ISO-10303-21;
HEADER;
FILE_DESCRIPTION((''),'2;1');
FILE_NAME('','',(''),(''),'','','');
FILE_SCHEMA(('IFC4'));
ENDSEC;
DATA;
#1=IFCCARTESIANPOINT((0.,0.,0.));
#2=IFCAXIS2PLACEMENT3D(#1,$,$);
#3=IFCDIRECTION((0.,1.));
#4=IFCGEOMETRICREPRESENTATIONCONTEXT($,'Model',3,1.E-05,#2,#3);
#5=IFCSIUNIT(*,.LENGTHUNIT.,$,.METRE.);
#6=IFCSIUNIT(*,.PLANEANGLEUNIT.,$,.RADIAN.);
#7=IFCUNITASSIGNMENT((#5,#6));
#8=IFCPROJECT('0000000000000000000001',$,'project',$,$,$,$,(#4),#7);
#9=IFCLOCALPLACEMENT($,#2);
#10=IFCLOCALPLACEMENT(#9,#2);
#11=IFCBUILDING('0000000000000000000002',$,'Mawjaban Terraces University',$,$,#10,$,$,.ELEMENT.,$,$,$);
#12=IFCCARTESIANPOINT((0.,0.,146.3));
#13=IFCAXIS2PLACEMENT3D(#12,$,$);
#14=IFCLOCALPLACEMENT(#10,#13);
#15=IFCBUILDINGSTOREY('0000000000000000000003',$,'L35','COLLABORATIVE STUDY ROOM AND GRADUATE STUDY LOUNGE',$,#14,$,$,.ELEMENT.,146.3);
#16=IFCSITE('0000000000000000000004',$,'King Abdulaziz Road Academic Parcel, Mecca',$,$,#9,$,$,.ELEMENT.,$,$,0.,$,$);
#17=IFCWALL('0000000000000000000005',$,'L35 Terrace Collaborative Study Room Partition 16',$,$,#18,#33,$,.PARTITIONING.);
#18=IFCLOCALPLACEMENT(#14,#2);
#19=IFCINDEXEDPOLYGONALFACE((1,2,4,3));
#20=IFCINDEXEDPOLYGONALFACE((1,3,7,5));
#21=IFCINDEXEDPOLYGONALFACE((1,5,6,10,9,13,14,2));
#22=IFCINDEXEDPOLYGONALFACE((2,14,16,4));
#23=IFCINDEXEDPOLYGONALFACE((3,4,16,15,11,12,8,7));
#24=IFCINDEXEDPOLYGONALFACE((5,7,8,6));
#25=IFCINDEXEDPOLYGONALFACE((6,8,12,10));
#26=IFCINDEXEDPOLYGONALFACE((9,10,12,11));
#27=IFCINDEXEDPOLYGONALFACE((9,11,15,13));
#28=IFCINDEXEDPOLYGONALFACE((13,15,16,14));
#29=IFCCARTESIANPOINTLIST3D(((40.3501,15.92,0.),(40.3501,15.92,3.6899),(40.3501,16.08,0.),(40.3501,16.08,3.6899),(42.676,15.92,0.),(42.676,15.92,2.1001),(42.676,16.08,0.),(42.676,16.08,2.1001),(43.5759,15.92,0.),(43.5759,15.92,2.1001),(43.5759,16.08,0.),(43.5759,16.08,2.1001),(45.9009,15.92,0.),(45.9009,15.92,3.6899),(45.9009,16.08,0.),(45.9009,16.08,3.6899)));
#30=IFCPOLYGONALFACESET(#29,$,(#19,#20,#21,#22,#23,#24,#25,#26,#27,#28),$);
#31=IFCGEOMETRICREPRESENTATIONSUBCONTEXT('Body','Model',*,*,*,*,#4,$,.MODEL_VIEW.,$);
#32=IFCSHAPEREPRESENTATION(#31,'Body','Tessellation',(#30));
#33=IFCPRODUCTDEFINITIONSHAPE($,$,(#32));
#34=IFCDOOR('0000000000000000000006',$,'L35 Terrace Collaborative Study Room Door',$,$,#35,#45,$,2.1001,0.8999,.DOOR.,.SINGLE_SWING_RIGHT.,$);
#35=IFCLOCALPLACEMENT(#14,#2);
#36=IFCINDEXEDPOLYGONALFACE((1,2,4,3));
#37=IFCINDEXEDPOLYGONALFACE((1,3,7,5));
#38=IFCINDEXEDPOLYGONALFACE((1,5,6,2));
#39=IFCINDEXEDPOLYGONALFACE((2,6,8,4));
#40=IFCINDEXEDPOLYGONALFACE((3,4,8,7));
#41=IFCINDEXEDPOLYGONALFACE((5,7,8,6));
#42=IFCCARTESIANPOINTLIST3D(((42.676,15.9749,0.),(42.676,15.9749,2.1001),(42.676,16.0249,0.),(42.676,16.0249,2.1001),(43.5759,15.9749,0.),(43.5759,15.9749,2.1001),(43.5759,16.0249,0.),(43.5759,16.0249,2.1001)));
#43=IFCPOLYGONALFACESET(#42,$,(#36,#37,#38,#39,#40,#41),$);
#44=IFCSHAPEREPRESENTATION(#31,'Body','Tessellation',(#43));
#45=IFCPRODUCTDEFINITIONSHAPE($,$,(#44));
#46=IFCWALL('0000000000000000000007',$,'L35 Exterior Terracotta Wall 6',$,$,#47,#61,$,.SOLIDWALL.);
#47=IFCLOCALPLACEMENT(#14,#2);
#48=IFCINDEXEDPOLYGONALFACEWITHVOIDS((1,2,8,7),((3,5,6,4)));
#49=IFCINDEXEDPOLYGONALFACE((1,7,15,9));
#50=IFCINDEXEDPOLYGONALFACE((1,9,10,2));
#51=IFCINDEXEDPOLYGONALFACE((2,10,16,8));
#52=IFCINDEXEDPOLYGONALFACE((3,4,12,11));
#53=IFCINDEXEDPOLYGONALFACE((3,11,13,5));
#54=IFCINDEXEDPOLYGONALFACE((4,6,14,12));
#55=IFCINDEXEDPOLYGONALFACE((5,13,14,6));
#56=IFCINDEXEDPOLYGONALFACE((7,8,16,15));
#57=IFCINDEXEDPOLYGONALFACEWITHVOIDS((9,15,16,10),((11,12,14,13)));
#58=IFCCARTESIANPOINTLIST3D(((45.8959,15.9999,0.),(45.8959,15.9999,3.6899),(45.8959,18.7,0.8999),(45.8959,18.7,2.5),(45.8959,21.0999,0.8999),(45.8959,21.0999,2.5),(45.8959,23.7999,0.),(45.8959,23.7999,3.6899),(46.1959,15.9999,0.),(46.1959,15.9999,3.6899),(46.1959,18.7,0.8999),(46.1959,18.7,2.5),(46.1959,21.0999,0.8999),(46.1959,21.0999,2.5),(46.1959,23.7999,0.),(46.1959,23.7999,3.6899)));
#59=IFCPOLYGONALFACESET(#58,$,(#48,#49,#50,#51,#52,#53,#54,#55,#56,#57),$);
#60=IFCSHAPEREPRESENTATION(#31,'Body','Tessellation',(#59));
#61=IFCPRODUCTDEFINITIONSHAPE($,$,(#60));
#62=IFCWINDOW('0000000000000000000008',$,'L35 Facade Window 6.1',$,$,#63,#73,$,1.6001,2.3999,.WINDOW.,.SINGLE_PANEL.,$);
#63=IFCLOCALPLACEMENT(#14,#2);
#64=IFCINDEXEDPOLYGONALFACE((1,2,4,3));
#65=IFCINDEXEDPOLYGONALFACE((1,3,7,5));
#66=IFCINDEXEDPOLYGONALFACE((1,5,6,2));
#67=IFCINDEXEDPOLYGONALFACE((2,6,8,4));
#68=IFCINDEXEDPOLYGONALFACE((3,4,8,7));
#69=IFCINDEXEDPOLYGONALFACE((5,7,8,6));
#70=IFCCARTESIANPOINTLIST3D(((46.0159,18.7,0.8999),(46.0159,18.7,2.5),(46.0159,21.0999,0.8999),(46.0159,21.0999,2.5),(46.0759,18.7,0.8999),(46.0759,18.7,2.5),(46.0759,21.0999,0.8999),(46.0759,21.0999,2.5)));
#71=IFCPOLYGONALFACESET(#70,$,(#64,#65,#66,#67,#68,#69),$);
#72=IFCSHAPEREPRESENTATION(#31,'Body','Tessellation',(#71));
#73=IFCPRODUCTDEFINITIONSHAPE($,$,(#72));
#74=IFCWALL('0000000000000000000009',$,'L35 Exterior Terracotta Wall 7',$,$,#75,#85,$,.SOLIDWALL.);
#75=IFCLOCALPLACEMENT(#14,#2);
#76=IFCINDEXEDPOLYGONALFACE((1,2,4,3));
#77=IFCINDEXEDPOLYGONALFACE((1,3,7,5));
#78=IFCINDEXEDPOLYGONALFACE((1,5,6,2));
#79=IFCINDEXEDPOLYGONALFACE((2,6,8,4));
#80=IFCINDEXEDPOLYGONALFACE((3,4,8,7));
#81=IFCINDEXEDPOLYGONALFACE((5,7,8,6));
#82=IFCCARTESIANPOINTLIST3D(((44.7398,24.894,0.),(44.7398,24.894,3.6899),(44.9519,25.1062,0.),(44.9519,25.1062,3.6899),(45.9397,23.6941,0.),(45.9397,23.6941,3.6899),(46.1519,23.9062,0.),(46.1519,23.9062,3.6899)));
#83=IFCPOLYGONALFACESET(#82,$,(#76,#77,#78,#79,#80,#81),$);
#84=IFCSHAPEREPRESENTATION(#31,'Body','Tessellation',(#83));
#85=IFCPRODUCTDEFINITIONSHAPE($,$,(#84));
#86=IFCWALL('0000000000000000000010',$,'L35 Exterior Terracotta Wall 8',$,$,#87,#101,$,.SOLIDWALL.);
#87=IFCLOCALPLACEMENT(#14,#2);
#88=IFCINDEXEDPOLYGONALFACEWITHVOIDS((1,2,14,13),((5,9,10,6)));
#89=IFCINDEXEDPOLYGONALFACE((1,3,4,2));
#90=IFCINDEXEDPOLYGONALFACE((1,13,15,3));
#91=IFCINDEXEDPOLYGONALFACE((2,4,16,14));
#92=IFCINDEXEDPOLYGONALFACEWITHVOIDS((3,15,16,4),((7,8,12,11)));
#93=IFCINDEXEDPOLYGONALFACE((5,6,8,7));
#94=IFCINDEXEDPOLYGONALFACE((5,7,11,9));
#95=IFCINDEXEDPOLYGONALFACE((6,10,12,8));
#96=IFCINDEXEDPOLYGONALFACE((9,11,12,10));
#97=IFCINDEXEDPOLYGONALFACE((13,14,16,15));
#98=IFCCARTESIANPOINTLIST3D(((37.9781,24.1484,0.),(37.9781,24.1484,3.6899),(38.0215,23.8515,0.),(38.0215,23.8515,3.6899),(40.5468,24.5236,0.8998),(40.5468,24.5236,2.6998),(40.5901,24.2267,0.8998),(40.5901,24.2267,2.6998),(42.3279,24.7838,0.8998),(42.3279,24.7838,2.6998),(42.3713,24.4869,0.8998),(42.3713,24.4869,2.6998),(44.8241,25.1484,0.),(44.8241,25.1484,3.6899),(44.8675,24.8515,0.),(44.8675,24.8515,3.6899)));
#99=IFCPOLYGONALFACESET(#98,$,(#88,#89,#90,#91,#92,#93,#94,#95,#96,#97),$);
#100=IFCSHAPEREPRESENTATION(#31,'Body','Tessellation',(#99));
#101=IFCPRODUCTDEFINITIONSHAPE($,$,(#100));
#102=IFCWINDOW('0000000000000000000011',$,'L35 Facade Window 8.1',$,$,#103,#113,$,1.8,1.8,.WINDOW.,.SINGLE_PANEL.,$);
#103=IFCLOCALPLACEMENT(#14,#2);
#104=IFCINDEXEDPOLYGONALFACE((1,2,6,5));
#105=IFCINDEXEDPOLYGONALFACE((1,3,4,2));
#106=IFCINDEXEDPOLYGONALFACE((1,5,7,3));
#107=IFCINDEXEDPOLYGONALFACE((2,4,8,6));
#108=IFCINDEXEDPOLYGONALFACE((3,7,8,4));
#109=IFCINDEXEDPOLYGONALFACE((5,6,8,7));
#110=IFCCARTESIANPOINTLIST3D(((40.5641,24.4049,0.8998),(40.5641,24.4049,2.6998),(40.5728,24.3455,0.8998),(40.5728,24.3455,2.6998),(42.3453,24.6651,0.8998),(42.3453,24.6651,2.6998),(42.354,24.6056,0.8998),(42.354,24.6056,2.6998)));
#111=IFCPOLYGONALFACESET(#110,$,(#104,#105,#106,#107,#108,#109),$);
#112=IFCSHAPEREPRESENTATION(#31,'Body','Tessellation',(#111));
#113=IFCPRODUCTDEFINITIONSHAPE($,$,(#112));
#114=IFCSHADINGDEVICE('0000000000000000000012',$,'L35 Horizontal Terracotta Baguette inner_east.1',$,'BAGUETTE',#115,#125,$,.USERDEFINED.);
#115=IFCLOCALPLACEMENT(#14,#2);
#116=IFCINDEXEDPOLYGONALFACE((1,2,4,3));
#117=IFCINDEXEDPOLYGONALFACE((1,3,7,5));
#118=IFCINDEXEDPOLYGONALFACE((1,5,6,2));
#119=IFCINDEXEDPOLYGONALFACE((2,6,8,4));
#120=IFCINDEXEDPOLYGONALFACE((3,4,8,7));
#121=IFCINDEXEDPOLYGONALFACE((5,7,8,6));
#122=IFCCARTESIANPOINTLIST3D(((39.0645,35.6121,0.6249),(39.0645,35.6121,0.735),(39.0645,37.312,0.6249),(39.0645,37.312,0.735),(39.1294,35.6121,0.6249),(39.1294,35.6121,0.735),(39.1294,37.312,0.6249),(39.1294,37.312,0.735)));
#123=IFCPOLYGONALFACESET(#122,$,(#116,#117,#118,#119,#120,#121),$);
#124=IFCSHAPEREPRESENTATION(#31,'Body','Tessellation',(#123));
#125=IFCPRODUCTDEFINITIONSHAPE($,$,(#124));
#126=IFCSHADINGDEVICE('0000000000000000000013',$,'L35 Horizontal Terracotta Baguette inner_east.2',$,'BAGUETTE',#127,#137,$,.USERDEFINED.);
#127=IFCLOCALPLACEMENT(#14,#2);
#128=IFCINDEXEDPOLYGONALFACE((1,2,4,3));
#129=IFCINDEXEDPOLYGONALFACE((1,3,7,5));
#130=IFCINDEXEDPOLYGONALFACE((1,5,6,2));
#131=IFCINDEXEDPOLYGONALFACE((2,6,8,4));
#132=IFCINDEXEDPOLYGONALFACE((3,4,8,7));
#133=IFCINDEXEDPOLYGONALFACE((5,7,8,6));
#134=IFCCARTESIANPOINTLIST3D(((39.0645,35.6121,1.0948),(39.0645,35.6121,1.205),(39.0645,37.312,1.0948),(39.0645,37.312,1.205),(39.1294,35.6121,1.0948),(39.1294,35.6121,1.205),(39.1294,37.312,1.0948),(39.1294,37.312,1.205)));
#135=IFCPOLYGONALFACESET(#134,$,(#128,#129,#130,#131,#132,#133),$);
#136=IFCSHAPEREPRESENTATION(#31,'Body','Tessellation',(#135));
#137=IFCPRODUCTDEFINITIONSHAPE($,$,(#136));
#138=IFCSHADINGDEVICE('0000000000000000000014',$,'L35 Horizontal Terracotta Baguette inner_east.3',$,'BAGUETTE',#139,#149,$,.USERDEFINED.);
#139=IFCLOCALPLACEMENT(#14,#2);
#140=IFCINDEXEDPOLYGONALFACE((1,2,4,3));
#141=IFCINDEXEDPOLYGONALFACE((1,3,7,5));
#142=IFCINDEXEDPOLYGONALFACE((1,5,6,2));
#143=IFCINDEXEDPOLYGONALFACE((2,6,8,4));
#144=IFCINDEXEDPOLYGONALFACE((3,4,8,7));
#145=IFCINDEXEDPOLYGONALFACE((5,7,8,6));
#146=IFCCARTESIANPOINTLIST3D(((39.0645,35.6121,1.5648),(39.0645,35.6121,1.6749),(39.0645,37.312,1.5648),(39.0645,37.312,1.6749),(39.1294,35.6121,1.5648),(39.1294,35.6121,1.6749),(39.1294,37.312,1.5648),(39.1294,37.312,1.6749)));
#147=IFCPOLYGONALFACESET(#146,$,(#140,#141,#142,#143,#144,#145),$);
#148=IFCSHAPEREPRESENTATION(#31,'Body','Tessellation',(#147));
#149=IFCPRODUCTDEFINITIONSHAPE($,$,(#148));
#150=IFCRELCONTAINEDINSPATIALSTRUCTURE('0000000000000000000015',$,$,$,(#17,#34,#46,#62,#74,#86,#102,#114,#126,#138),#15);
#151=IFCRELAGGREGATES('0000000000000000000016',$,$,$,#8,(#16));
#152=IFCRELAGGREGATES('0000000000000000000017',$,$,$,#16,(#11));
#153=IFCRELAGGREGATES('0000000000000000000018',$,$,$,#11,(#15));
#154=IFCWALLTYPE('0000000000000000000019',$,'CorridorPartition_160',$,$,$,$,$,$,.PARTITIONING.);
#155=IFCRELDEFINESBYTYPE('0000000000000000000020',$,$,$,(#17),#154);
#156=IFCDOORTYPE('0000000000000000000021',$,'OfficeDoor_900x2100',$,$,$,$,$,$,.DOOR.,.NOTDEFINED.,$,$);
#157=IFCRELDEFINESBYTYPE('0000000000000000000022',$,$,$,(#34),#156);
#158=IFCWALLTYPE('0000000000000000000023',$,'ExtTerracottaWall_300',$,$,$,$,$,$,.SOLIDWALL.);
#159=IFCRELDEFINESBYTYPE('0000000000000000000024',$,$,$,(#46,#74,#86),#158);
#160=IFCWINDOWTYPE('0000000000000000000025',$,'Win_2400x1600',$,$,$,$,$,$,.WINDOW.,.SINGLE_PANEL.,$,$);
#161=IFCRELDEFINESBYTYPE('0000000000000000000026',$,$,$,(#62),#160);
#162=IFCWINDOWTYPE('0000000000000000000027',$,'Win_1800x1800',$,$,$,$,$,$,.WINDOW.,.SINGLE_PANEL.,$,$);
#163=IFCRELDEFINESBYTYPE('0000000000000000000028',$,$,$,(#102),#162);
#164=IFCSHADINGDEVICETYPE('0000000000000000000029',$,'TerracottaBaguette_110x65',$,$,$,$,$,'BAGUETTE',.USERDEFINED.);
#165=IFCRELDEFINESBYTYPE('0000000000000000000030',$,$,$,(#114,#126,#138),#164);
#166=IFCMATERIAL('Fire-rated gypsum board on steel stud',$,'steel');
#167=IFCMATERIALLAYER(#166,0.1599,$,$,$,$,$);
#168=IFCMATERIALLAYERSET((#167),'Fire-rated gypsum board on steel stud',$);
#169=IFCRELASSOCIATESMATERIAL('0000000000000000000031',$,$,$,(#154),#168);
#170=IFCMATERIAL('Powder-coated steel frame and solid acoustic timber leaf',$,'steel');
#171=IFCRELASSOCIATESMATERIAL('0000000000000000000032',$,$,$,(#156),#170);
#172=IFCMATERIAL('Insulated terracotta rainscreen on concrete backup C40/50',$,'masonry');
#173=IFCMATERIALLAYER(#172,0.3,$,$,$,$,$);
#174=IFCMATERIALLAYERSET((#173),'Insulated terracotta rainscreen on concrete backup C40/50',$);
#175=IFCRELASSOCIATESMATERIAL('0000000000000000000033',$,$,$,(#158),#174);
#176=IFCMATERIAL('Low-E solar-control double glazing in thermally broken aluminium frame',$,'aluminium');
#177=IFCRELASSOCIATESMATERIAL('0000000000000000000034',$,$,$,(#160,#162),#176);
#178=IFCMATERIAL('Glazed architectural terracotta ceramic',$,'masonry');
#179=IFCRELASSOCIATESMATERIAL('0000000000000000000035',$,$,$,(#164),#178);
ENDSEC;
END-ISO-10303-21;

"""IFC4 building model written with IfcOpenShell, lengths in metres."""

from ifc_helpers import new_model, si_unit, direction, frame, frame_2d, origin, origin_2d, place, context, subcontext, project, spatial, rectangle, extrude, material, layer, layer_set, material_profile, profile_set, type_object, element, fill, save


model = new_model("IFC4")

# Units and contexts
model_context = context("Model", 3, precision=1e-05, world=origin(), true_north=direction((0.0, 1.0)))
body_context = subcontext(model_context, "Body", "Model", "MODEL_VIEW")
ifc_project = project(units=[si_unit("LENGTHUNIT", "METRE"), si_unit("PLANEANGLEUNIT", "RADIAN")], contexts=[model_context])

# Site, building, storey
site_placement = place(None, origin())
site = spatial("IfcSite", under=ifc_project, at=site_placement, Name="King Abdulaziz Road Academic Parcel, Mecca", CompositionType="ELEMENT", RefElevation=0.0)
building_placement = place(site_placement, origin())
building = spatial("IfcBuilding", under=site, at=building_placement, Name="Mawjaban Terraces University", CompositionType="ELEMENT")
storey_placement = place(building_placement, frame((0.0, 0.0, 146.3)))
storey = spatial("IfcBuildingStorey", under=building, at=storey_placement, Name="L35", Description="COLLABORATIVE STUDY ROOM AND GRADUATE STUDY LOUNGE", CompositionType="ELEMENT", Elevation=146.3)

# Shared definitions
ifc_material_1 = material(Name="Fire-rated gypsum board on steel stud", Category="steel")
ifc_layer_1 = layer(ifc_material_1, 0.1599)
ifc_layer_set_1 = layer_set([ifc_layer_1], Name="Fire-rated gypsum board on steel stud")
wall_type_1 = type_object("IfcWallType", Name="CorridorPartition_160", PredefinedType="PARTITIONING", material=ifc_layer_set_1)

# Wall, opening, door
wall_1_placement = place(storey_placement, frame((40.3501, 16.0, 0.0), z_axis=(0.0, 0.0, 1.0), x_axis=(1.0, 0.0, 0.0)))
wall_1 = element("IfcWall", 1, at=wall_1_placement, inside=storey, type_object=wall_type_1, Name="L35 Terrace Collaborative Study Room Partition 16", PredefinedType="PARTITIONING", context=body_context, shape_type="SweptSolid", body=[
    extrude(rectangle(XDim=5.5508, YDim=0.1599, at=frame_2d((2.7754, 0.0))), origin(), (0.0, 0.0, 1.0), 3.6899),
])
opening_1_placement = place(wall_1_placement, frame((2.3259, 0.0, 0.0)))
opening_1 = element("IfcOpeningElement", 2, at=opening_1_placement, cuts=wall_1, PredefinedType="OPENING", context=body_context, shape_type="SweptSolid", body=[
    extrude(rectangle(XDim=0.8999, YDim=2.1001, at=frame_2d((0.45, 1.05))), frame((0.0, 0.0898, 0.0), z_axis=(0.0, -1.0, 0.0), x_axis=(1.0, 0.0, 0.0)), (0.0, 0.0, 1.0), 0.1799),
])
ifc_material_2 = material(Name="Powder-coated steel frame and solid acoustic timber leaf", Category="steel")
door_type = type_object("IfcDoorType", Name="OfficeDoor_900x2100", OperationType="NOTDEFINED", PredefinedType="DOOR", material=ifc_material_2)
door_placement = place(opening_1_placement, origin())
door = element("IfcDoor", 3, at=door_placement, inside=storey, type_object=door_type, Name="L35 Terrace Collaborative Study Room Door", OperationType="SINGLE_SWING_RIGHT", OverallHeight=2.1001, OverallWidth=0.8999, PredefinedType="DOOR", context=body_context, shape_type="SweptSolid", body=[
    extrude(rectangle(XDim=0.8999, YDim=2.1001, at=frame_2d((0.45, 1.05))), frame((0.0, 0.0249, 0.0), z_axis=(0.0, -1.0, 0.0), x_axis=(1.0, 0.0, 0.0)), (0.0, 0.0, 1.0), 0.05),
])
fill(opening_1, door)

# Wall, opening, window
ifc_material_3 = material(Name="Insulated terracotta rainscreen on concrete backup C40/50", Category="masonry")
ifc_layer_2 = layer(ifc_material_3, 0.3)
ifc_layer_set_2 = layer_set([ifc_layer_2], Name="Insulated terracotta rainscreen on concrete backup C40/50")
wall_type_2 = type_object("IfcWallType", Name="ExtTerracottaWall_300", PredefinedType="SOLIDWALL", material=ifc_layer_set_2)
wall_2_placement = place(storey_placement, frame((46.0459, 16.0, 0.0), z_axis=(0.0, 0.0, 1.0), x_axis=(0.0, 1.0, 0.0)))
wall_2 = element("IfcWall", 4, at=wall_2_placement, inside=storey, type_object=wall_type_2, Name="L35 Exterior Terracotta Wall 6", PredefinedType="SOLIDWALL", context=body_context, shape_type="SweptSolid", body=[
    extrude(rectangle(XDim=7.8, YDim=0.3, at=frame_2d((3.8999, 0.0))), origin(), (0.0, 0.0, 1.0), 3.6899),
])
opening_2_placement = place(wall_2_placement, frame((2.7, 0.0, 0.8999)))
opening_2 = element("IfcOpeningElement", 5, at=opening_2_placement, cuts=wall_2, PredefinedType="OPENING", context=body_context, shape_type="SweptSolid", body=[
    extrude(rectangle(XDim=2.3999, YDim=1.6001, at=frame_2d((1.2, 0.8))), frame((0.0, 0.1599, 0.0), z_axis=(0.0, -1.0, 0.0), x_axis=(1.0, 0.0, 0.0)), (0.0, 0.0, 1.0), 0.3201),
])
ifc_material_4 = material(Name="Low-E solar-control double glazing in thermally broken aluminium frame", Category="aluminium")
window_type_1 = type_object("IfcWindowType", Name="Win_2400x1600", PartitioningType="SINGLE_PANEL", PredefinedType="WINDOW", material=ifc_material_4)
window_1_placement = place(opening_2_placement, origin())
window_1 = element("IfcWindow", 6, at=window_1_placement, inside=storey, type_object=window_type_1, Name="L35 Facade Window 6.1", OverallHeight=1.6001, OverallWidth=2.3999, PartitioningType="SINGLE_PANEL", PredefinedType="WINDOW", context=body_context, shape_type="SweptSolid", body=[
    extrude(rectangle(XDim=2.3999, YDim=1.6001, at=frame_2d((1.2, 0.8))), frame((0.0, 0.03, 0.0), z_axis=(0.0, -1.0, 0.0), x_axis=(1.0, 0.0, 0.0)), (0.0, 0.0, 1.0), 0.0601),
])
fill(opening_2, window_1)

# Wall
wall_3_placement = place(storey_placement, frame((46.0459, 23.8, 0.0), z_axis=(0.0, 0.0, 1.0), x_axis=(-0.707107, 0.707107, 0.0)))
element("IfcWall", 7, at=wall_3_placement, inside=storey, type_object=wall_type_2, Name="L35 Exterior Terracotta Wall 7", PredefinedType="SOLIDWALL", context=body_context, shape_type="SweptSolid", body=[
    extrude(rectangle(XDim=1.697, YDim=0.3, at=frame_2d((0.8486, 0.0))), origin(), (0.0, 0.0, 1.0), 3.6899),
])

# Wall, opening, window
wall_4_placement = place(storey_placement, frame((44.8459, 25.0, 0.0), z_axis=(0.0, 0.0, 1.0), x_axis=(-0.989499, -0.144538, 0.0)))
wall_4 = element("IfcWall", 8, at=wall_4_placement, inside=storey, type_object=wall_type_2, Name="L35 Exterior Terracotta Wall 8", PredefinedType="SOLIDWALL", context=body_context, shape_type="SweptSolid", body=[
    extrude(rectangle(XDim=6.9187, YDim=0.3, at=frame_2d((3.4595, 0.0))), origin(), (0.0, 0.0, 1.0), 3.6899),
])
opening_3_placement = place(wall_4_placement, frame((2.5229, 0.0, 0.8999)))
opening_3 = element("IfcOpeningElement", 9, at=opening_3_placement, cuts=wall_4, PredefinedType="OPENING", context=body_context, shape_type="SweptSolid", body=[
    extrude(rectangle(XDim=1.8, YDim=1.8, at=frame_2d((0.8999, 0.8999))), frame((0.0, 0.1599, 0.0), z_axis=(0.0, -1.0, 0.0), x_axis=(1.0, 0.0, 0.0)), (0.0, 0.0, 1.0), 0.3201),
])
window_type_2 = type_object("IfcWindowType", Name="Win_1800x1800", PartitioningType="SINGLE_PANEL", PredefinedType="WINDOW", material=ifc_material_4)
window_2_placement = place(opening_3_placement, origin())
window_2 = element("IfcWindow", 10, at=window_2_placement, inside=storey, type_object=window_type_2, Name="L35 Facade Window 8.1", OverallHeight=1.8, OverallWidth=1.8, PartitioningType="SINGLE_PANEL", PredefinedType="WINDOW", context=body_context, shape_type="SweptSolid", body=[
    extrude(rectangle(XDim=1.8, YDim=1.8, at=frame_2d((0.8999, 0.8999))), frame((0.0, 0.03, 0.0), z_axis=(0.0, -1.0, 0.0), x_axis=(1.0, 0.0, 0.0)), (0.0, 0.0, 1.0), 0.0601),
])
fill(opening_3, window_2)

# Shading devices
ifc_material_5 = material(Name="Glazed architectural terracotta ceramic", Category="masonry")
ifc_material_profile_1 = material_profile(ifc_material_5, rectangle(XDim=0.0649, YDim=0.1101, at=origin_2d()), Name="TBAG110X65")
ifc_profile_set_1 = profile_set([ifc_material_profile_1], Name="Glazed architectural terracotta ceramic")
shading_device_type = type_object("IfcShadingDeviceType", Name="TerracottaBaguette_110x65", ElementType="BAGUETTE", PredefinedType="USERDEFINED", material=ifc_profile_set_1)
for number, where, z_axis, x_axis, name in (
    (11, (39.0969, 35.6121, 0.6799), (0.0, 1.0, 0.0), (-1.0, 0.0, 0.0), "L35 Horizontal Terracotta Baguette inner_east.1"),
    (12, (39.0969, 35.6121, 1.1499), (0.0, 1.0, 0.0), (-1.0, 0.0, 0.0), "L35 Horizontal Terracotta Baguette inner_east.2"),
    (13, (39.0969, 35.6121, 1.6199), (0.0, 1.0, 0.0), (-1.0, 0.0, 0.0), "L35 Horizontal Terracotta Baguette inner_east.3"),
):
    element("IfcShadingDevice", number, at=place(storey_placement, frame(where, z_axis=z_axis, x_axis=x_axis)), inside=storey, type_object=shading_device_type, Name=name, ObjectType="BAGUETTE", PredefinedType="USERDEFINED", context=body_context, shape_type="SweptSolid", body=[
        extrude(rectangle(XDim=0.0649, YDim=0.1101, at=origin_2d()), origin(), (0.0, 0.0, 1.0), 1.7),
    ])

save(model, "model.ifc")
